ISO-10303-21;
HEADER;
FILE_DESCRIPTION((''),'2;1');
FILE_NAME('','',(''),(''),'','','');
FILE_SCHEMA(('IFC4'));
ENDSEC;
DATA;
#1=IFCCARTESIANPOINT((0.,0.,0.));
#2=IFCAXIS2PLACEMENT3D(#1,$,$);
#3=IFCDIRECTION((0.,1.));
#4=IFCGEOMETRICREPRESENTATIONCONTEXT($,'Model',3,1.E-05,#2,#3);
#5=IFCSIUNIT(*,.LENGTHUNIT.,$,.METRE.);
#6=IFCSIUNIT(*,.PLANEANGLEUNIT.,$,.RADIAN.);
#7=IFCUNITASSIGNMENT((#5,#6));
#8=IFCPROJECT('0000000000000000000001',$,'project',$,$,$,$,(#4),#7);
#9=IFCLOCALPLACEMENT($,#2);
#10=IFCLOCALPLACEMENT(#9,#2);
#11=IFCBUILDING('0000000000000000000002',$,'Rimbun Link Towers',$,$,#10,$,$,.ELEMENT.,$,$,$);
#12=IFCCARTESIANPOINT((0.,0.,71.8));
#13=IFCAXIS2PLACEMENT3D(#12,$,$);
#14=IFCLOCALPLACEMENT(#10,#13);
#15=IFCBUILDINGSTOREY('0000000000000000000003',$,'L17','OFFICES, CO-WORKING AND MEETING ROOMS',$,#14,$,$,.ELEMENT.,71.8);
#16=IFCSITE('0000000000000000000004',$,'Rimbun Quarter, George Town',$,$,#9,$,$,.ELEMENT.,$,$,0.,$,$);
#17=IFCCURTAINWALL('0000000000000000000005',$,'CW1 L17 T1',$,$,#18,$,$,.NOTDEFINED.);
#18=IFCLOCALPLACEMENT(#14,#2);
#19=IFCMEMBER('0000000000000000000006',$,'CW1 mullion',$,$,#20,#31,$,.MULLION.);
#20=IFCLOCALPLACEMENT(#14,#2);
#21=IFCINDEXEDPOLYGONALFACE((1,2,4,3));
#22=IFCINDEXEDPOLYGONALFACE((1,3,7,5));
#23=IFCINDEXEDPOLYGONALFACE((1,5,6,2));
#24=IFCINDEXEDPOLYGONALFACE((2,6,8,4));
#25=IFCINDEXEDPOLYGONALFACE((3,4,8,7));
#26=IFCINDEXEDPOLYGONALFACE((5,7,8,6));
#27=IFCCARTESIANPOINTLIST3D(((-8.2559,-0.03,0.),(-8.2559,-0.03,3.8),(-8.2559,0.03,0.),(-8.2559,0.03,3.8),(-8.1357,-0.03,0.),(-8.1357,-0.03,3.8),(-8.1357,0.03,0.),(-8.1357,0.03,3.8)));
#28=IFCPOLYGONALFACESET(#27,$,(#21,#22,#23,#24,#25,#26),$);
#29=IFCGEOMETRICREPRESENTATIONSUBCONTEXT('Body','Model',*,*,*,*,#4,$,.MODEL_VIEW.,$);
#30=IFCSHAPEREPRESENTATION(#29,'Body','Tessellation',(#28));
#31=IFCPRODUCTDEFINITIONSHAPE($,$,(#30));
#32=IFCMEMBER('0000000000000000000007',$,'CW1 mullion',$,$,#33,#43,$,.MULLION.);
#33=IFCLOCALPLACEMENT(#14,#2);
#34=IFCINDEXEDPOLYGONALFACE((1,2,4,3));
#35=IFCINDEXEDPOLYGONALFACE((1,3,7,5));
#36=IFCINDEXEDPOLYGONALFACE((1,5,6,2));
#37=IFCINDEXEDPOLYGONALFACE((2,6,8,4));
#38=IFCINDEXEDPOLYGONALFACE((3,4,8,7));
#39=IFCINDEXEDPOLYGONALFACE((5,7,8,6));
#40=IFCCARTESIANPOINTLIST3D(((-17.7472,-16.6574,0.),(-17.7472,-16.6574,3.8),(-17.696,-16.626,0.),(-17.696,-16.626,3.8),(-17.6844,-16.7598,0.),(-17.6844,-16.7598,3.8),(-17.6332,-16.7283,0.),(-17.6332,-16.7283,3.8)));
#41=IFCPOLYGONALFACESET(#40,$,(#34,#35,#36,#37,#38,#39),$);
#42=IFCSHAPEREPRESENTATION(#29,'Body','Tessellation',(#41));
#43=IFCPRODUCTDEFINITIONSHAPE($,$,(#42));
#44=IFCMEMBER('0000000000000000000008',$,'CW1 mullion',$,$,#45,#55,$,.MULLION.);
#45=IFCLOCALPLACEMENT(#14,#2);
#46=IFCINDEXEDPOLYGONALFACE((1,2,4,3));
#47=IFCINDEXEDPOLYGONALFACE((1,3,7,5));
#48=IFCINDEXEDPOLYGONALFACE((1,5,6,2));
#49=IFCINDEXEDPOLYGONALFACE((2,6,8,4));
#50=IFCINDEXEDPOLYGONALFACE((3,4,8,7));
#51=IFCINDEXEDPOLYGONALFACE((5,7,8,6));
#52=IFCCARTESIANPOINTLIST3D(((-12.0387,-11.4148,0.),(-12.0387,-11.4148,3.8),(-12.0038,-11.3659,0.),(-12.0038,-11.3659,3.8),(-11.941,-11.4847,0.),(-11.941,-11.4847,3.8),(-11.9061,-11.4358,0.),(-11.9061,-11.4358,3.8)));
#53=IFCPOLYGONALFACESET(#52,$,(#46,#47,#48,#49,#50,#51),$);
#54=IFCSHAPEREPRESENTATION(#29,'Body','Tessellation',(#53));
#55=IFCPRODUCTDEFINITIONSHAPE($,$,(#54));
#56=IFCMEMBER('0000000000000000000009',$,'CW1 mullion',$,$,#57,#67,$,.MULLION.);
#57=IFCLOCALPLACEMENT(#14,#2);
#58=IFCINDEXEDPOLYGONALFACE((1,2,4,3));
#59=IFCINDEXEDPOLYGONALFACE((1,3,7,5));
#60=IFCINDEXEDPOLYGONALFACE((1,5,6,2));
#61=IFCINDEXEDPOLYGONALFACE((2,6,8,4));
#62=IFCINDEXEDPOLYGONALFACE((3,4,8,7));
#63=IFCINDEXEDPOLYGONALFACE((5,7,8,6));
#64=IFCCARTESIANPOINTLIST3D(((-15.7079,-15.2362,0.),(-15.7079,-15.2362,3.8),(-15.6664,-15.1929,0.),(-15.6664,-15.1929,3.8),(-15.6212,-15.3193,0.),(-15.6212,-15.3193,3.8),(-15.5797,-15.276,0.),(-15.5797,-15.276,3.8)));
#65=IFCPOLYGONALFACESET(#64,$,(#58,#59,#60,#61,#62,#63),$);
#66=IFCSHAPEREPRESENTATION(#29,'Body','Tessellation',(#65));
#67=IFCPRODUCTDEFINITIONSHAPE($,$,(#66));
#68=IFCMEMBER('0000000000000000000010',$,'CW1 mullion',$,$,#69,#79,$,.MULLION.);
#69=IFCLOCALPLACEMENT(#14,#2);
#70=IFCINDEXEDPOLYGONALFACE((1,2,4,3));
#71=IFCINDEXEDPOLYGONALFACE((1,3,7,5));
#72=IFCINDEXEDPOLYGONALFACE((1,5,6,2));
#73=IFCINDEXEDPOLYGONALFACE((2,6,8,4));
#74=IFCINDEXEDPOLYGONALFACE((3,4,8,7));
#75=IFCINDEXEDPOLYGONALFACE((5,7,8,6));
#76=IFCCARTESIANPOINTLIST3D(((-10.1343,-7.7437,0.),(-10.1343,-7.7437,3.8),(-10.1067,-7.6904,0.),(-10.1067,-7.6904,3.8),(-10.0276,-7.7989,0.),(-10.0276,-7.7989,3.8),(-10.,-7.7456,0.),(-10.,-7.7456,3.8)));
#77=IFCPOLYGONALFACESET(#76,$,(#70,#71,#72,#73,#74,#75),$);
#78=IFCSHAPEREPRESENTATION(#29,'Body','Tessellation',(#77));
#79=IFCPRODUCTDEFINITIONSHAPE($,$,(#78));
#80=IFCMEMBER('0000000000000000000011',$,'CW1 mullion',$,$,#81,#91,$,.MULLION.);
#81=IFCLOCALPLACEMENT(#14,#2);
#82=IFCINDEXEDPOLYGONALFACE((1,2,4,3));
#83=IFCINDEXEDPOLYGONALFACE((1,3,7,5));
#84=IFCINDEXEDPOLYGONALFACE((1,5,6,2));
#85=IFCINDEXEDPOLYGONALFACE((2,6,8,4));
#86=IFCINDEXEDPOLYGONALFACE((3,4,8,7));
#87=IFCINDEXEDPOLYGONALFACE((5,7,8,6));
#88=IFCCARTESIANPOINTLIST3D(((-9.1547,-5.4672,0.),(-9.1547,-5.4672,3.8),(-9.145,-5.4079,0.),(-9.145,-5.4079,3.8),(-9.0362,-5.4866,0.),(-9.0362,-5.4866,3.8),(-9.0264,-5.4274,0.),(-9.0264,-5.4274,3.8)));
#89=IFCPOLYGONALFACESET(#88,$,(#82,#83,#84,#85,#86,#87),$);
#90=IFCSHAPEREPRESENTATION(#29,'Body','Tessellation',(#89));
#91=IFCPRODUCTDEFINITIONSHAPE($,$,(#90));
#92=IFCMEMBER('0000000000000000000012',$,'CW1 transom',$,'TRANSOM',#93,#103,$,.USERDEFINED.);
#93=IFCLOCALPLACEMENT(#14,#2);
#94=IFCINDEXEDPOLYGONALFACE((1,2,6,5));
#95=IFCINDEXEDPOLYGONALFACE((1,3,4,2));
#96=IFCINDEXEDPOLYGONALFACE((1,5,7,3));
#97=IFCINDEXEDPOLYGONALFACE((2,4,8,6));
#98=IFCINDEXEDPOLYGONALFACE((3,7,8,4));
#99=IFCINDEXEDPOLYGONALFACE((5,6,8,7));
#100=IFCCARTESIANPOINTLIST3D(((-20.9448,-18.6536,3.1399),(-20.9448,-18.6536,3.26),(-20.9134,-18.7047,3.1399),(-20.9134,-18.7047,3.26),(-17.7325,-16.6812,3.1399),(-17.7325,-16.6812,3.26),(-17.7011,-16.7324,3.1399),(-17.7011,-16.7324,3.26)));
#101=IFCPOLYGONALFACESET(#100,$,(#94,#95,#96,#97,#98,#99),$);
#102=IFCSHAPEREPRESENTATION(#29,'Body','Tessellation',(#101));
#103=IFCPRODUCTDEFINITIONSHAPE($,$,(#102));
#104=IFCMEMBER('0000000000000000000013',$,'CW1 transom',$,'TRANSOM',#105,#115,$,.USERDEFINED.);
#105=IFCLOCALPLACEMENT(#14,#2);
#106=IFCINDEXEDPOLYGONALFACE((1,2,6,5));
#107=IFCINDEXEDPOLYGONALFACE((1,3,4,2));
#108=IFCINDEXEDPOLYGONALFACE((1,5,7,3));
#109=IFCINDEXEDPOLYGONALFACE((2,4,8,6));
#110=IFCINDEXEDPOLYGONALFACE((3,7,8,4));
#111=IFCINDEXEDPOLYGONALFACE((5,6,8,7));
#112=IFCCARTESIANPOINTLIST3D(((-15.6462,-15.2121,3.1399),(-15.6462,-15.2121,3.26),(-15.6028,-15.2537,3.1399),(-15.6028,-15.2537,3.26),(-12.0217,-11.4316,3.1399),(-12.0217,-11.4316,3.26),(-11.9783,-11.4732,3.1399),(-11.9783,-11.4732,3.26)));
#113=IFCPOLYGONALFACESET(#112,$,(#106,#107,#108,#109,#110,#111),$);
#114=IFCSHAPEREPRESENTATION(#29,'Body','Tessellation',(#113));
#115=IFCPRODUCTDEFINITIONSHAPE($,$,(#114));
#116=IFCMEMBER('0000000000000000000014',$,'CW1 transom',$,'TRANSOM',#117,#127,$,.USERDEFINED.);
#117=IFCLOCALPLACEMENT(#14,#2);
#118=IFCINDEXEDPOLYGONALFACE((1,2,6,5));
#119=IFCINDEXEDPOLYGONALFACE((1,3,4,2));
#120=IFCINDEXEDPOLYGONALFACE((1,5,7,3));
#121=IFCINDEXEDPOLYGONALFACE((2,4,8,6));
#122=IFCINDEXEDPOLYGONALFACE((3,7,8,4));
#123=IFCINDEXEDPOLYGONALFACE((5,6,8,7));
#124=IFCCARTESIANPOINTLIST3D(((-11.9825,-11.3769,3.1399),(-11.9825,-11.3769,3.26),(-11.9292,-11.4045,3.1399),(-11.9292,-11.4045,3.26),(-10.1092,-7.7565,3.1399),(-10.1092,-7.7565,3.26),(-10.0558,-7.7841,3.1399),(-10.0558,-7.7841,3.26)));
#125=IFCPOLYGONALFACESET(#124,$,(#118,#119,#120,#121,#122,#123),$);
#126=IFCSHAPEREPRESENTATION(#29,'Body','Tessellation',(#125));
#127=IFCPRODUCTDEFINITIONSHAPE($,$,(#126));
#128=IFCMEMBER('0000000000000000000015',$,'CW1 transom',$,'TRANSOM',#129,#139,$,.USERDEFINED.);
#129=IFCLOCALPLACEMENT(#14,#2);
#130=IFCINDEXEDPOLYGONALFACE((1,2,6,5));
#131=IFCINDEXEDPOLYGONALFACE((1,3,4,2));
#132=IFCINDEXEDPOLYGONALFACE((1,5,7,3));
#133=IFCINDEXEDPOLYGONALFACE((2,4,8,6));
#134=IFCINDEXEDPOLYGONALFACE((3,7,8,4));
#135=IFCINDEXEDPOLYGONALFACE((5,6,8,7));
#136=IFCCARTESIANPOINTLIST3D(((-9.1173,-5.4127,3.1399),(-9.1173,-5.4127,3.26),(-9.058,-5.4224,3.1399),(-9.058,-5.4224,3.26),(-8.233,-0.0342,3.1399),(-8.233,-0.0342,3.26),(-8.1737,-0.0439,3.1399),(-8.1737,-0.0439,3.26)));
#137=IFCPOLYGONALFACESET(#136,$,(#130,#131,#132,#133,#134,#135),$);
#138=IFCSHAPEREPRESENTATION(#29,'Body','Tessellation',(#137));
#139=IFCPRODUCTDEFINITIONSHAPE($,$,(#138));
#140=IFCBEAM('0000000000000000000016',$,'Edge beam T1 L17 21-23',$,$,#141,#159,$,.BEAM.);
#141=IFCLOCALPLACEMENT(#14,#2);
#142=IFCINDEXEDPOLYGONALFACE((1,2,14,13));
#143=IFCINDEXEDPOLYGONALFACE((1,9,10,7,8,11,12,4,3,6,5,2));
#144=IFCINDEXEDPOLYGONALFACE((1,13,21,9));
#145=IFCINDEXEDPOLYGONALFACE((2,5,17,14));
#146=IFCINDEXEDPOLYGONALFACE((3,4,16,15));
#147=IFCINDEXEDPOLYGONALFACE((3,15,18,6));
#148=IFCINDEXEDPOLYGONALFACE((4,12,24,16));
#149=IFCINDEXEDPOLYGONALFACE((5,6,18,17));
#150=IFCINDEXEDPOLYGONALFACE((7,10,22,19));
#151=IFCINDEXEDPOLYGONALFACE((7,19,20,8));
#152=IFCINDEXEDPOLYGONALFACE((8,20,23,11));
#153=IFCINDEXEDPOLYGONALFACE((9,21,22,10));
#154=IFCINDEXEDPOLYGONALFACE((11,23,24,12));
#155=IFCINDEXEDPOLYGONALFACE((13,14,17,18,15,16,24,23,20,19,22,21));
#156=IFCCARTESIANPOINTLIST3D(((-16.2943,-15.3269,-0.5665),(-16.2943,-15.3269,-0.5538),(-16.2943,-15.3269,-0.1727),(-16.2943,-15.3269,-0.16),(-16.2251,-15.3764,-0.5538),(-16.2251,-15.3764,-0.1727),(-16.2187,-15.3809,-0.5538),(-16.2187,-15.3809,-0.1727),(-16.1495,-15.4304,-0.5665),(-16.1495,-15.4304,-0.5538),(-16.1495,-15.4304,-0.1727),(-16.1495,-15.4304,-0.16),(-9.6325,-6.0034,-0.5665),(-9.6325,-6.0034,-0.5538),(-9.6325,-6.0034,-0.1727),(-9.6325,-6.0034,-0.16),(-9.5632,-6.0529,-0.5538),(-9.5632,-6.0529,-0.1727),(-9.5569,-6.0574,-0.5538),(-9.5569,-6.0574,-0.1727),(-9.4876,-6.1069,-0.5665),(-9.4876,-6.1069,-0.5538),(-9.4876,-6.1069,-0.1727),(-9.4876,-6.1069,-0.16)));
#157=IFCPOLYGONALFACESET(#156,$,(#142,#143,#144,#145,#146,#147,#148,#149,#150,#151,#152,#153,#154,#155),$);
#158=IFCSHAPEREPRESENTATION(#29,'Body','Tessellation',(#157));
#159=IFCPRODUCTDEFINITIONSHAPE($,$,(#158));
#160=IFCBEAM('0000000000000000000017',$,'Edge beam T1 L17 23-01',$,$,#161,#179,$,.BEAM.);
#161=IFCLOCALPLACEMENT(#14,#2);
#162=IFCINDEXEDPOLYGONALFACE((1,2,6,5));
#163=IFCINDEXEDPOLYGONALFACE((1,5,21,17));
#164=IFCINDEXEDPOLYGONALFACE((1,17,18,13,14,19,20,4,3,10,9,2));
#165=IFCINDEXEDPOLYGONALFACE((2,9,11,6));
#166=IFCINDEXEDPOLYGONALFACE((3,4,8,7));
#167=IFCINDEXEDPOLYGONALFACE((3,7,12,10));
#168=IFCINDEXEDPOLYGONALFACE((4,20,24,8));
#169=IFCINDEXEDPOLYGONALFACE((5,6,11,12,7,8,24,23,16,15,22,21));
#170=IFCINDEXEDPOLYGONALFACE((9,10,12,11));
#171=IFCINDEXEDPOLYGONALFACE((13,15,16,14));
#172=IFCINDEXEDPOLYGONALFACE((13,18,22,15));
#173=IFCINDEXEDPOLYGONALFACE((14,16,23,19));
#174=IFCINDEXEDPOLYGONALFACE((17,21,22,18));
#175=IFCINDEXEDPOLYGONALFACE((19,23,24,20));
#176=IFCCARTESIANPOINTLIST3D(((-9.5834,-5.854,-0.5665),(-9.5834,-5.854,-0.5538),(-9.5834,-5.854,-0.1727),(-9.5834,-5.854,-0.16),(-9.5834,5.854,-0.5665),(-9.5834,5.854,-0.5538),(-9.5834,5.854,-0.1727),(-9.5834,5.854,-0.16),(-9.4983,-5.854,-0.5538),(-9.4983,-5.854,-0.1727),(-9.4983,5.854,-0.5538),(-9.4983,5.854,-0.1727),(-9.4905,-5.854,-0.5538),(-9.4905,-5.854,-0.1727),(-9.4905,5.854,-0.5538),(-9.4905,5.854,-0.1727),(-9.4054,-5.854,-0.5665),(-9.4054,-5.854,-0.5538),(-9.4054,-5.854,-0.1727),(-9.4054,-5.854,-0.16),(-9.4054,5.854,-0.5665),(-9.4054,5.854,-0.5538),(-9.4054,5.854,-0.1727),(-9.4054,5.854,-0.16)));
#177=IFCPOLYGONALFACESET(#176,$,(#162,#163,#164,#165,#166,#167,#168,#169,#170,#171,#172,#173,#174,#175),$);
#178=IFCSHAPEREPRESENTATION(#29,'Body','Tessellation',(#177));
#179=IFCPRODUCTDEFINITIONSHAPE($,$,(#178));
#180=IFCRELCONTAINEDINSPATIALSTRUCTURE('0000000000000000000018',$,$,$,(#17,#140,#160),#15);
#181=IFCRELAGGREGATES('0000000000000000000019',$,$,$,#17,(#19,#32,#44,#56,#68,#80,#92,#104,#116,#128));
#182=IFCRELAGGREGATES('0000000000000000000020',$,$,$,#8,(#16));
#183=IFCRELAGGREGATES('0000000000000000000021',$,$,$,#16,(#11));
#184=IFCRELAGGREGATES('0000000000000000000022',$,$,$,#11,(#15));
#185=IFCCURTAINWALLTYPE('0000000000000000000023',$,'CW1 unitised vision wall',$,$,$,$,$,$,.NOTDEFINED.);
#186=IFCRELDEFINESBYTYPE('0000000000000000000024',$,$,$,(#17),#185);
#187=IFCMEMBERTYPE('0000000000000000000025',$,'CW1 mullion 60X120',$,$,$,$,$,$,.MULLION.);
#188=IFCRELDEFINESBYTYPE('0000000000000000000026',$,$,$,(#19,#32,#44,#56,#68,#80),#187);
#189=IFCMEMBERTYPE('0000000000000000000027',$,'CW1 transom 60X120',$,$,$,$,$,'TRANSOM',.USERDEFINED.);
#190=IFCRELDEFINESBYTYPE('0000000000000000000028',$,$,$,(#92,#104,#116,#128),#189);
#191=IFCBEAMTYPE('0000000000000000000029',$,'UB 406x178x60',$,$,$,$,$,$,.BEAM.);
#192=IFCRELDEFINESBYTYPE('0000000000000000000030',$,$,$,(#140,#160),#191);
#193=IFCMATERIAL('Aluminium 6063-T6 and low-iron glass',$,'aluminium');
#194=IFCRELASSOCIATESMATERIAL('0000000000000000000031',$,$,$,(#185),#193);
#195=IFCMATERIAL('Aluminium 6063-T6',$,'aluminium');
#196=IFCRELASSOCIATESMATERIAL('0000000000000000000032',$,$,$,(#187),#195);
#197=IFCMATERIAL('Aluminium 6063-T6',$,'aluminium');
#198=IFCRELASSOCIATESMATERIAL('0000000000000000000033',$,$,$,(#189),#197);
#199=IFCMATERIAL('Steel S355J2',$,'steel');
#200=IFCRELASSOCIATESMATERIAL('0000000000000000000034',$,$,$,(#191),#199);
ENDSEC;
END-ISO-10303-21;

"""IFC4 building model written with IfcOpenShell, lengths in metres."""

from ifc_helpers import new_model, si_unit, direction, frame, origin, origin_2d, place, context, subcontext, project, spatial, rectangle, i_section, extrude, material, material_profile, profile_set, type_object, element, aggregate, save


model = new_model("IFC4")

# Units and contexts
model_context = context("Model", 3, precision=1e-05, world=origin(), true_north=direction((0.0, 1.0)))
body_context = subcontext(model_context, "Body", "Model", "MODEL_VIEW")
ifc_project = project(units=[si_unit("LENGTHUNIT", "METRE"), si_unit("PLANEANGLEUNIT", "RADIAN")], contexts=[model_context])

# Site, building, storey
site_placement = place(None, origin())
site = spatial("IfcSite", under=ifc_project, at=site_placement, Name="Rimbun Quarter, George Town", CompositionType="ELEMENT", RefElevation=0.0)
building_placement = place(site_placement, origin())
building = spatial("IfcBuilding", under=site, at=building_placement, Name="Rimbun Link Towers", CompositionType="ELEMENT")
storey_placement = place(building_placement, frame((0.0, 0.0, 71.8)))
storey = spatial("IfcBuildingStorey", under=building, at=storey_placement, Name="L17", Description="OFFICES, CO-WORKING AND MEETING ROOMS", CompositionType="ELEMENT", Elevation=71.8)

# Curtain wall, members
ifc_material_1 = material(Name="Aluminium 6063-T6 and low-iron glass", Category="aluminium")
curtain_wall_type = type_object("IfcCurtainWallType", Name="CW1 unitised vision wall", PredefinedType="NOTDEFINED", material=ifc_material_1)
curtain_wall_placement = place(storey_placement, origin())
curtain_wall = element("IfcCurtainWall", 1, at=curtain_wall_placement, inside=storey, type_object=curtain_wall_type, Name="CW1 L17 T1", PredefinedType="NOTDEFINED")
ifc_material_2 = material(Name="Aluminium 6063-T6", Category="aluminium")
ifc_material_profile_1 = material_profile(ifc_material_2, rectangle(XDim=0.1201, YDim=0.0601, at=origin_2d()), Name="MULLION 60X120")
ifc_profile_set_1 = profile_set([ifc_material_profile_1], Name="Aluminium 6063-T6")
member_type_1 = type_object("IfcMemberType", Name="CW1 mullion 60X120", PredefinedType="MULLION", material=ifc_profile_set_1)
member_1_placement = place(storey_placement, frame((-8.1958, 0.0, 0.0), z_axis=(0.0, 0.0, 1.0), x_axis=(1.0, 0.0, 0.0)))
member_1 = element("IfcMember", 2, at=member_1_placement, type_object=member_type_1, Name="CW1 mullion", PredefinedType="MULLION", context=body_context, shape_type="SweptSolid", body=[
    extrude(rectangle(XDim=0.1201, YDim=0.0601, at=origin_2d()), origin(), (0.0, 0.0, 1.0), 3.8),
])
member_2_placement = place(storey_placement, frame((-17.6902, -16.6929, 0.0), z_axis=(0.0, 0.0, 1.0), x_axis=(0.523239, -0.852186, 0.0)))
member_2 = element("IfcMember", 3, at=member_2_placement, type_object=member_type_1, Name="CW1 mullion", PredefinedType="MULLION", context=body_context, shape_type="SweptSolid", body=[
    extrude(rectangle(XDim=0.1201, YDim=0.0601, at=origin_2d()), origin(), (0.0, 0.0, 1.0), 3.8),
])
member_3_placement = place(storey_placement, frame((-11.9724, -11.4253, 0.0), z_axis=(0.0, 0.0, 1.0), x_axis=(0.813351, -0.581773, 0.0)))
member_3 = element("IfcMember", 4, at=member_3_placement, type_object=member_type_1, Name="CW1 mullion", PredefinedType="MULLION", context=body_context, shape_type="SweptSolid", body=[
    extrude(rectangle(XDim=0.1201, YDim=0.0601, at=origin_2d()), origin(), (0.0, 0.0, 1.0), 3.8),
])
member_4_placement = place(storey_placement, frame((-15.6438, -15.2561, 0.0), z_axis=(0.0, 0.0, 1.0), x_axis=(0.721854, -0.692045, 0.0)))
member_4 = element("IfcMember", 5, at=member_4_placement, type_object=member_type_1, Name="CW1 mullion", PredefinedType="MULLION", context=body_context, shape_type="SweptSolid", body=[
    extrude(rectangle(XDim=0.1201, YDim=0.0601, at=origin_2d()), origin(), (0.0, 0.0, 1.0), 3.8),
])
member_5_placement = place(storey_placement, frame((-10.0671, -7.7446, 0.0), z_axis=(0.0, 0.0, 1.0), x_axis=(0.888149, -0.459556, 0.0)))
member_5 = element("IfcMember", 6, at=member_5_placement, type_object=member_type_1, Name="CW1 mullion", PredefinedType="MULLION", context=body_context, shape_type="SweptSolid", body=[
    extrude(rectangle(XDim=0.1201, YDim=0.0601, at=origin_2d()), origin(), (0.0, 0.0, 1.0), 3.8),
])
member_6_placement = place(storey_placement, frame((-9.0906, -5.4473, 0.0), z_axis=(0.0, 0.0, 1.0), x_axis=(0.986748, -0.16226, 0.0)))
member_6 = element("IfcMember", 7, at=member_6_placement, type_object=member_type_1, Name="CW1 mullion", PredefinedType="MULLION", context=body_context, shape_type="SweptSolid", body=[
    extrude(rectangle(XDim=0.1201, YDim=0.0601, at=origin_2d()), origin(), (0.0, 0.0, 1.0), 3.8),
])
ifc_material_3 = material(Name="Aluminium 6063-T6", Category="aluminium")
ifc_material_profile_2 = material_profile(ifc_material_3, rectangle(XDim=0.0601, YDim=0.1201, at=origin_2d()), Name="TRANSOM 60X120")
ifc_profile_set_2 = profile_set([ifc_material_profile_2], Name="Aluminium 6063-T6")
member_type_2 = type_object("IfcMemberType", Name="CW1 transom 60X120", ElementType="TRANSOM", PredefinedType="USERDEFINED", material=ifc_profile_set_2)
member_7_placement = place(storey_placement, frame((-17.7168, -16.7068, 3.2), z_axis=(-0.852185, -0.523241, 0.0), x_axis=(0.523241, -0.852185, 0.0)))
member_7 = element("IfcMember", 8, at=member_7_placement, type_object=member_type_2, Name="CW1 transom", ObjectType="TRANSOM", PredefinedType="USERDEFINED", context=body_context, shape_type="SweptSolid", body=[
    extrude(rectangle(XDim=0.0601, YDim=0.1201, at=origin_2d()), origin(), (0.0, 0.0, 1.0), 3.7695),
])
member_8_placement = place(storey_placement, frame((-12.0, -11.4524, 3.2), z_axis=(-0.692056, -0.721844, 0.0), x_axis=(0.721844, -0.692056, 0.0)))
member_8 = element("IfcMember", 9, at=member_8_placement, type_object=member_type_2, Name="CW1 transom", ObjectType="TRANSOM", PredefinedType="USERDEFINED", context=body_context, shape_type="SweptSolid", body=[
    extrude(rectangle(XDim=0.0601, YDim=0.1201, at=origin_2d()), origin(), (0.0, 0.0, 1.0), 5.2373),
])
member_9_placement = place(storey_placement, frame((-10.0825, -7.7703, 3.2), z_axis=(-0.459557, -0.888149, 0.0), x_axis=(0.888149, -0.459557, 0.0)))
member_9 = element("IfcMember", 10, at=member_9_placement, type_object=member_type_2, Name="CW1 transom", ObjectType="TRANSOM", PredefinedType="USERDEFINED", context=body_context, shape_type="SweptSolid", body=[
    extrude(rectangle(XDim=0.0601, YDim=0.1201, at=origin_2d()), origin(), (0.0, 0.0, 1.0), 4.0764),
])
member_10_placement = place(storey_placement, frame((-8.2034, -0.0391, 3.2), z_axis=(-0.162234, -0.986752, 0.0), x_axis=(0.986752, -0.162234, 0.0)))
member_10 = element("IfcMember", 11, at=member_10_placement, type_object=member_type_2, Name="CW1 transom", ObjectType="TRANSOM", PredefinedType="USERDEFINED", context=body_context, shape_type="SweptSolid", body=[
    extrude(rectangle(XDim=0.0601, YDim=0.1201, at=origin_2d()), origin(), (0.0, 0.0, 1.0), 5.4507),
])

# Beams
ifc_material_4 = material(Name="Steel S355J2", Category="steel")
ifc_material_profile_3 = material_profile(ifc_material_4, i_section(OverallWidth=0.178, OverallDepth=0.4065, WebThickness=0.0078, FlangeThickness=0.0127, at=origin_2d()), Name="UB 406x178x60")
ifc_profile_set_3 = profile_set([ifc_material_profile_3], Name="Steel S355J2")
beam_type = type_object("IfcBeamType", Name="UB 406x178x60", PredefinedType="BEAM", material=ifc_profile_set_3)
beam_1_placement = place(storey_placement, frame((-16.2219, -15.3787, -0.3633), z_axis=(0.581367, 0.813641, 0.0), x_axis=(-0.813641, 0.581367, 0.0)))
element("IfcBeam", 12, at=beam_1_placement, inside=storey, type_object=beam_type, Name="Edge beam T1 L17 21-23", PredefinedType="BEAM", context=body_context, shape_type="SweptSolid", body=[
    extrude(i_section(OverallWidth=0.178, OverallDepth=0.4065, WebThickness=0.0078, FlangeThickness=0.0127, at=origin_2d()), origin(), (0.0, 0.0, 1.0), 11.459),
])
beam_2_placement = place(storey_placement, frame((-9.4944, -5.854, -0.3633), z_axis=(0.0, 1.0, 0.0), x_axis=(-1.0, 0.0, 0.0)))
element("IfcBeam", 13, at=beam_2_placement, inside=storey, type_object=beam_type, Name="Edge beam T1 L17 23-01", PredefinedType="BEAM", context=body_context, shape_type="SweptSolid", body=[
    extrude(i_section(OverallWidth=0.178, OverallDepth=0.4065, WebThickness=0.0078, FlangeThickness=0.0127, at=origin_2d()), origin(), (0.0, 0.0, 1.0), 11.708),
])

aggregate(curtain_wall, [member_1, member_2, member_3, member_4, member_5, member_6, member_7, member_8, member_9, member_10])

save(model, "model.ifc")
